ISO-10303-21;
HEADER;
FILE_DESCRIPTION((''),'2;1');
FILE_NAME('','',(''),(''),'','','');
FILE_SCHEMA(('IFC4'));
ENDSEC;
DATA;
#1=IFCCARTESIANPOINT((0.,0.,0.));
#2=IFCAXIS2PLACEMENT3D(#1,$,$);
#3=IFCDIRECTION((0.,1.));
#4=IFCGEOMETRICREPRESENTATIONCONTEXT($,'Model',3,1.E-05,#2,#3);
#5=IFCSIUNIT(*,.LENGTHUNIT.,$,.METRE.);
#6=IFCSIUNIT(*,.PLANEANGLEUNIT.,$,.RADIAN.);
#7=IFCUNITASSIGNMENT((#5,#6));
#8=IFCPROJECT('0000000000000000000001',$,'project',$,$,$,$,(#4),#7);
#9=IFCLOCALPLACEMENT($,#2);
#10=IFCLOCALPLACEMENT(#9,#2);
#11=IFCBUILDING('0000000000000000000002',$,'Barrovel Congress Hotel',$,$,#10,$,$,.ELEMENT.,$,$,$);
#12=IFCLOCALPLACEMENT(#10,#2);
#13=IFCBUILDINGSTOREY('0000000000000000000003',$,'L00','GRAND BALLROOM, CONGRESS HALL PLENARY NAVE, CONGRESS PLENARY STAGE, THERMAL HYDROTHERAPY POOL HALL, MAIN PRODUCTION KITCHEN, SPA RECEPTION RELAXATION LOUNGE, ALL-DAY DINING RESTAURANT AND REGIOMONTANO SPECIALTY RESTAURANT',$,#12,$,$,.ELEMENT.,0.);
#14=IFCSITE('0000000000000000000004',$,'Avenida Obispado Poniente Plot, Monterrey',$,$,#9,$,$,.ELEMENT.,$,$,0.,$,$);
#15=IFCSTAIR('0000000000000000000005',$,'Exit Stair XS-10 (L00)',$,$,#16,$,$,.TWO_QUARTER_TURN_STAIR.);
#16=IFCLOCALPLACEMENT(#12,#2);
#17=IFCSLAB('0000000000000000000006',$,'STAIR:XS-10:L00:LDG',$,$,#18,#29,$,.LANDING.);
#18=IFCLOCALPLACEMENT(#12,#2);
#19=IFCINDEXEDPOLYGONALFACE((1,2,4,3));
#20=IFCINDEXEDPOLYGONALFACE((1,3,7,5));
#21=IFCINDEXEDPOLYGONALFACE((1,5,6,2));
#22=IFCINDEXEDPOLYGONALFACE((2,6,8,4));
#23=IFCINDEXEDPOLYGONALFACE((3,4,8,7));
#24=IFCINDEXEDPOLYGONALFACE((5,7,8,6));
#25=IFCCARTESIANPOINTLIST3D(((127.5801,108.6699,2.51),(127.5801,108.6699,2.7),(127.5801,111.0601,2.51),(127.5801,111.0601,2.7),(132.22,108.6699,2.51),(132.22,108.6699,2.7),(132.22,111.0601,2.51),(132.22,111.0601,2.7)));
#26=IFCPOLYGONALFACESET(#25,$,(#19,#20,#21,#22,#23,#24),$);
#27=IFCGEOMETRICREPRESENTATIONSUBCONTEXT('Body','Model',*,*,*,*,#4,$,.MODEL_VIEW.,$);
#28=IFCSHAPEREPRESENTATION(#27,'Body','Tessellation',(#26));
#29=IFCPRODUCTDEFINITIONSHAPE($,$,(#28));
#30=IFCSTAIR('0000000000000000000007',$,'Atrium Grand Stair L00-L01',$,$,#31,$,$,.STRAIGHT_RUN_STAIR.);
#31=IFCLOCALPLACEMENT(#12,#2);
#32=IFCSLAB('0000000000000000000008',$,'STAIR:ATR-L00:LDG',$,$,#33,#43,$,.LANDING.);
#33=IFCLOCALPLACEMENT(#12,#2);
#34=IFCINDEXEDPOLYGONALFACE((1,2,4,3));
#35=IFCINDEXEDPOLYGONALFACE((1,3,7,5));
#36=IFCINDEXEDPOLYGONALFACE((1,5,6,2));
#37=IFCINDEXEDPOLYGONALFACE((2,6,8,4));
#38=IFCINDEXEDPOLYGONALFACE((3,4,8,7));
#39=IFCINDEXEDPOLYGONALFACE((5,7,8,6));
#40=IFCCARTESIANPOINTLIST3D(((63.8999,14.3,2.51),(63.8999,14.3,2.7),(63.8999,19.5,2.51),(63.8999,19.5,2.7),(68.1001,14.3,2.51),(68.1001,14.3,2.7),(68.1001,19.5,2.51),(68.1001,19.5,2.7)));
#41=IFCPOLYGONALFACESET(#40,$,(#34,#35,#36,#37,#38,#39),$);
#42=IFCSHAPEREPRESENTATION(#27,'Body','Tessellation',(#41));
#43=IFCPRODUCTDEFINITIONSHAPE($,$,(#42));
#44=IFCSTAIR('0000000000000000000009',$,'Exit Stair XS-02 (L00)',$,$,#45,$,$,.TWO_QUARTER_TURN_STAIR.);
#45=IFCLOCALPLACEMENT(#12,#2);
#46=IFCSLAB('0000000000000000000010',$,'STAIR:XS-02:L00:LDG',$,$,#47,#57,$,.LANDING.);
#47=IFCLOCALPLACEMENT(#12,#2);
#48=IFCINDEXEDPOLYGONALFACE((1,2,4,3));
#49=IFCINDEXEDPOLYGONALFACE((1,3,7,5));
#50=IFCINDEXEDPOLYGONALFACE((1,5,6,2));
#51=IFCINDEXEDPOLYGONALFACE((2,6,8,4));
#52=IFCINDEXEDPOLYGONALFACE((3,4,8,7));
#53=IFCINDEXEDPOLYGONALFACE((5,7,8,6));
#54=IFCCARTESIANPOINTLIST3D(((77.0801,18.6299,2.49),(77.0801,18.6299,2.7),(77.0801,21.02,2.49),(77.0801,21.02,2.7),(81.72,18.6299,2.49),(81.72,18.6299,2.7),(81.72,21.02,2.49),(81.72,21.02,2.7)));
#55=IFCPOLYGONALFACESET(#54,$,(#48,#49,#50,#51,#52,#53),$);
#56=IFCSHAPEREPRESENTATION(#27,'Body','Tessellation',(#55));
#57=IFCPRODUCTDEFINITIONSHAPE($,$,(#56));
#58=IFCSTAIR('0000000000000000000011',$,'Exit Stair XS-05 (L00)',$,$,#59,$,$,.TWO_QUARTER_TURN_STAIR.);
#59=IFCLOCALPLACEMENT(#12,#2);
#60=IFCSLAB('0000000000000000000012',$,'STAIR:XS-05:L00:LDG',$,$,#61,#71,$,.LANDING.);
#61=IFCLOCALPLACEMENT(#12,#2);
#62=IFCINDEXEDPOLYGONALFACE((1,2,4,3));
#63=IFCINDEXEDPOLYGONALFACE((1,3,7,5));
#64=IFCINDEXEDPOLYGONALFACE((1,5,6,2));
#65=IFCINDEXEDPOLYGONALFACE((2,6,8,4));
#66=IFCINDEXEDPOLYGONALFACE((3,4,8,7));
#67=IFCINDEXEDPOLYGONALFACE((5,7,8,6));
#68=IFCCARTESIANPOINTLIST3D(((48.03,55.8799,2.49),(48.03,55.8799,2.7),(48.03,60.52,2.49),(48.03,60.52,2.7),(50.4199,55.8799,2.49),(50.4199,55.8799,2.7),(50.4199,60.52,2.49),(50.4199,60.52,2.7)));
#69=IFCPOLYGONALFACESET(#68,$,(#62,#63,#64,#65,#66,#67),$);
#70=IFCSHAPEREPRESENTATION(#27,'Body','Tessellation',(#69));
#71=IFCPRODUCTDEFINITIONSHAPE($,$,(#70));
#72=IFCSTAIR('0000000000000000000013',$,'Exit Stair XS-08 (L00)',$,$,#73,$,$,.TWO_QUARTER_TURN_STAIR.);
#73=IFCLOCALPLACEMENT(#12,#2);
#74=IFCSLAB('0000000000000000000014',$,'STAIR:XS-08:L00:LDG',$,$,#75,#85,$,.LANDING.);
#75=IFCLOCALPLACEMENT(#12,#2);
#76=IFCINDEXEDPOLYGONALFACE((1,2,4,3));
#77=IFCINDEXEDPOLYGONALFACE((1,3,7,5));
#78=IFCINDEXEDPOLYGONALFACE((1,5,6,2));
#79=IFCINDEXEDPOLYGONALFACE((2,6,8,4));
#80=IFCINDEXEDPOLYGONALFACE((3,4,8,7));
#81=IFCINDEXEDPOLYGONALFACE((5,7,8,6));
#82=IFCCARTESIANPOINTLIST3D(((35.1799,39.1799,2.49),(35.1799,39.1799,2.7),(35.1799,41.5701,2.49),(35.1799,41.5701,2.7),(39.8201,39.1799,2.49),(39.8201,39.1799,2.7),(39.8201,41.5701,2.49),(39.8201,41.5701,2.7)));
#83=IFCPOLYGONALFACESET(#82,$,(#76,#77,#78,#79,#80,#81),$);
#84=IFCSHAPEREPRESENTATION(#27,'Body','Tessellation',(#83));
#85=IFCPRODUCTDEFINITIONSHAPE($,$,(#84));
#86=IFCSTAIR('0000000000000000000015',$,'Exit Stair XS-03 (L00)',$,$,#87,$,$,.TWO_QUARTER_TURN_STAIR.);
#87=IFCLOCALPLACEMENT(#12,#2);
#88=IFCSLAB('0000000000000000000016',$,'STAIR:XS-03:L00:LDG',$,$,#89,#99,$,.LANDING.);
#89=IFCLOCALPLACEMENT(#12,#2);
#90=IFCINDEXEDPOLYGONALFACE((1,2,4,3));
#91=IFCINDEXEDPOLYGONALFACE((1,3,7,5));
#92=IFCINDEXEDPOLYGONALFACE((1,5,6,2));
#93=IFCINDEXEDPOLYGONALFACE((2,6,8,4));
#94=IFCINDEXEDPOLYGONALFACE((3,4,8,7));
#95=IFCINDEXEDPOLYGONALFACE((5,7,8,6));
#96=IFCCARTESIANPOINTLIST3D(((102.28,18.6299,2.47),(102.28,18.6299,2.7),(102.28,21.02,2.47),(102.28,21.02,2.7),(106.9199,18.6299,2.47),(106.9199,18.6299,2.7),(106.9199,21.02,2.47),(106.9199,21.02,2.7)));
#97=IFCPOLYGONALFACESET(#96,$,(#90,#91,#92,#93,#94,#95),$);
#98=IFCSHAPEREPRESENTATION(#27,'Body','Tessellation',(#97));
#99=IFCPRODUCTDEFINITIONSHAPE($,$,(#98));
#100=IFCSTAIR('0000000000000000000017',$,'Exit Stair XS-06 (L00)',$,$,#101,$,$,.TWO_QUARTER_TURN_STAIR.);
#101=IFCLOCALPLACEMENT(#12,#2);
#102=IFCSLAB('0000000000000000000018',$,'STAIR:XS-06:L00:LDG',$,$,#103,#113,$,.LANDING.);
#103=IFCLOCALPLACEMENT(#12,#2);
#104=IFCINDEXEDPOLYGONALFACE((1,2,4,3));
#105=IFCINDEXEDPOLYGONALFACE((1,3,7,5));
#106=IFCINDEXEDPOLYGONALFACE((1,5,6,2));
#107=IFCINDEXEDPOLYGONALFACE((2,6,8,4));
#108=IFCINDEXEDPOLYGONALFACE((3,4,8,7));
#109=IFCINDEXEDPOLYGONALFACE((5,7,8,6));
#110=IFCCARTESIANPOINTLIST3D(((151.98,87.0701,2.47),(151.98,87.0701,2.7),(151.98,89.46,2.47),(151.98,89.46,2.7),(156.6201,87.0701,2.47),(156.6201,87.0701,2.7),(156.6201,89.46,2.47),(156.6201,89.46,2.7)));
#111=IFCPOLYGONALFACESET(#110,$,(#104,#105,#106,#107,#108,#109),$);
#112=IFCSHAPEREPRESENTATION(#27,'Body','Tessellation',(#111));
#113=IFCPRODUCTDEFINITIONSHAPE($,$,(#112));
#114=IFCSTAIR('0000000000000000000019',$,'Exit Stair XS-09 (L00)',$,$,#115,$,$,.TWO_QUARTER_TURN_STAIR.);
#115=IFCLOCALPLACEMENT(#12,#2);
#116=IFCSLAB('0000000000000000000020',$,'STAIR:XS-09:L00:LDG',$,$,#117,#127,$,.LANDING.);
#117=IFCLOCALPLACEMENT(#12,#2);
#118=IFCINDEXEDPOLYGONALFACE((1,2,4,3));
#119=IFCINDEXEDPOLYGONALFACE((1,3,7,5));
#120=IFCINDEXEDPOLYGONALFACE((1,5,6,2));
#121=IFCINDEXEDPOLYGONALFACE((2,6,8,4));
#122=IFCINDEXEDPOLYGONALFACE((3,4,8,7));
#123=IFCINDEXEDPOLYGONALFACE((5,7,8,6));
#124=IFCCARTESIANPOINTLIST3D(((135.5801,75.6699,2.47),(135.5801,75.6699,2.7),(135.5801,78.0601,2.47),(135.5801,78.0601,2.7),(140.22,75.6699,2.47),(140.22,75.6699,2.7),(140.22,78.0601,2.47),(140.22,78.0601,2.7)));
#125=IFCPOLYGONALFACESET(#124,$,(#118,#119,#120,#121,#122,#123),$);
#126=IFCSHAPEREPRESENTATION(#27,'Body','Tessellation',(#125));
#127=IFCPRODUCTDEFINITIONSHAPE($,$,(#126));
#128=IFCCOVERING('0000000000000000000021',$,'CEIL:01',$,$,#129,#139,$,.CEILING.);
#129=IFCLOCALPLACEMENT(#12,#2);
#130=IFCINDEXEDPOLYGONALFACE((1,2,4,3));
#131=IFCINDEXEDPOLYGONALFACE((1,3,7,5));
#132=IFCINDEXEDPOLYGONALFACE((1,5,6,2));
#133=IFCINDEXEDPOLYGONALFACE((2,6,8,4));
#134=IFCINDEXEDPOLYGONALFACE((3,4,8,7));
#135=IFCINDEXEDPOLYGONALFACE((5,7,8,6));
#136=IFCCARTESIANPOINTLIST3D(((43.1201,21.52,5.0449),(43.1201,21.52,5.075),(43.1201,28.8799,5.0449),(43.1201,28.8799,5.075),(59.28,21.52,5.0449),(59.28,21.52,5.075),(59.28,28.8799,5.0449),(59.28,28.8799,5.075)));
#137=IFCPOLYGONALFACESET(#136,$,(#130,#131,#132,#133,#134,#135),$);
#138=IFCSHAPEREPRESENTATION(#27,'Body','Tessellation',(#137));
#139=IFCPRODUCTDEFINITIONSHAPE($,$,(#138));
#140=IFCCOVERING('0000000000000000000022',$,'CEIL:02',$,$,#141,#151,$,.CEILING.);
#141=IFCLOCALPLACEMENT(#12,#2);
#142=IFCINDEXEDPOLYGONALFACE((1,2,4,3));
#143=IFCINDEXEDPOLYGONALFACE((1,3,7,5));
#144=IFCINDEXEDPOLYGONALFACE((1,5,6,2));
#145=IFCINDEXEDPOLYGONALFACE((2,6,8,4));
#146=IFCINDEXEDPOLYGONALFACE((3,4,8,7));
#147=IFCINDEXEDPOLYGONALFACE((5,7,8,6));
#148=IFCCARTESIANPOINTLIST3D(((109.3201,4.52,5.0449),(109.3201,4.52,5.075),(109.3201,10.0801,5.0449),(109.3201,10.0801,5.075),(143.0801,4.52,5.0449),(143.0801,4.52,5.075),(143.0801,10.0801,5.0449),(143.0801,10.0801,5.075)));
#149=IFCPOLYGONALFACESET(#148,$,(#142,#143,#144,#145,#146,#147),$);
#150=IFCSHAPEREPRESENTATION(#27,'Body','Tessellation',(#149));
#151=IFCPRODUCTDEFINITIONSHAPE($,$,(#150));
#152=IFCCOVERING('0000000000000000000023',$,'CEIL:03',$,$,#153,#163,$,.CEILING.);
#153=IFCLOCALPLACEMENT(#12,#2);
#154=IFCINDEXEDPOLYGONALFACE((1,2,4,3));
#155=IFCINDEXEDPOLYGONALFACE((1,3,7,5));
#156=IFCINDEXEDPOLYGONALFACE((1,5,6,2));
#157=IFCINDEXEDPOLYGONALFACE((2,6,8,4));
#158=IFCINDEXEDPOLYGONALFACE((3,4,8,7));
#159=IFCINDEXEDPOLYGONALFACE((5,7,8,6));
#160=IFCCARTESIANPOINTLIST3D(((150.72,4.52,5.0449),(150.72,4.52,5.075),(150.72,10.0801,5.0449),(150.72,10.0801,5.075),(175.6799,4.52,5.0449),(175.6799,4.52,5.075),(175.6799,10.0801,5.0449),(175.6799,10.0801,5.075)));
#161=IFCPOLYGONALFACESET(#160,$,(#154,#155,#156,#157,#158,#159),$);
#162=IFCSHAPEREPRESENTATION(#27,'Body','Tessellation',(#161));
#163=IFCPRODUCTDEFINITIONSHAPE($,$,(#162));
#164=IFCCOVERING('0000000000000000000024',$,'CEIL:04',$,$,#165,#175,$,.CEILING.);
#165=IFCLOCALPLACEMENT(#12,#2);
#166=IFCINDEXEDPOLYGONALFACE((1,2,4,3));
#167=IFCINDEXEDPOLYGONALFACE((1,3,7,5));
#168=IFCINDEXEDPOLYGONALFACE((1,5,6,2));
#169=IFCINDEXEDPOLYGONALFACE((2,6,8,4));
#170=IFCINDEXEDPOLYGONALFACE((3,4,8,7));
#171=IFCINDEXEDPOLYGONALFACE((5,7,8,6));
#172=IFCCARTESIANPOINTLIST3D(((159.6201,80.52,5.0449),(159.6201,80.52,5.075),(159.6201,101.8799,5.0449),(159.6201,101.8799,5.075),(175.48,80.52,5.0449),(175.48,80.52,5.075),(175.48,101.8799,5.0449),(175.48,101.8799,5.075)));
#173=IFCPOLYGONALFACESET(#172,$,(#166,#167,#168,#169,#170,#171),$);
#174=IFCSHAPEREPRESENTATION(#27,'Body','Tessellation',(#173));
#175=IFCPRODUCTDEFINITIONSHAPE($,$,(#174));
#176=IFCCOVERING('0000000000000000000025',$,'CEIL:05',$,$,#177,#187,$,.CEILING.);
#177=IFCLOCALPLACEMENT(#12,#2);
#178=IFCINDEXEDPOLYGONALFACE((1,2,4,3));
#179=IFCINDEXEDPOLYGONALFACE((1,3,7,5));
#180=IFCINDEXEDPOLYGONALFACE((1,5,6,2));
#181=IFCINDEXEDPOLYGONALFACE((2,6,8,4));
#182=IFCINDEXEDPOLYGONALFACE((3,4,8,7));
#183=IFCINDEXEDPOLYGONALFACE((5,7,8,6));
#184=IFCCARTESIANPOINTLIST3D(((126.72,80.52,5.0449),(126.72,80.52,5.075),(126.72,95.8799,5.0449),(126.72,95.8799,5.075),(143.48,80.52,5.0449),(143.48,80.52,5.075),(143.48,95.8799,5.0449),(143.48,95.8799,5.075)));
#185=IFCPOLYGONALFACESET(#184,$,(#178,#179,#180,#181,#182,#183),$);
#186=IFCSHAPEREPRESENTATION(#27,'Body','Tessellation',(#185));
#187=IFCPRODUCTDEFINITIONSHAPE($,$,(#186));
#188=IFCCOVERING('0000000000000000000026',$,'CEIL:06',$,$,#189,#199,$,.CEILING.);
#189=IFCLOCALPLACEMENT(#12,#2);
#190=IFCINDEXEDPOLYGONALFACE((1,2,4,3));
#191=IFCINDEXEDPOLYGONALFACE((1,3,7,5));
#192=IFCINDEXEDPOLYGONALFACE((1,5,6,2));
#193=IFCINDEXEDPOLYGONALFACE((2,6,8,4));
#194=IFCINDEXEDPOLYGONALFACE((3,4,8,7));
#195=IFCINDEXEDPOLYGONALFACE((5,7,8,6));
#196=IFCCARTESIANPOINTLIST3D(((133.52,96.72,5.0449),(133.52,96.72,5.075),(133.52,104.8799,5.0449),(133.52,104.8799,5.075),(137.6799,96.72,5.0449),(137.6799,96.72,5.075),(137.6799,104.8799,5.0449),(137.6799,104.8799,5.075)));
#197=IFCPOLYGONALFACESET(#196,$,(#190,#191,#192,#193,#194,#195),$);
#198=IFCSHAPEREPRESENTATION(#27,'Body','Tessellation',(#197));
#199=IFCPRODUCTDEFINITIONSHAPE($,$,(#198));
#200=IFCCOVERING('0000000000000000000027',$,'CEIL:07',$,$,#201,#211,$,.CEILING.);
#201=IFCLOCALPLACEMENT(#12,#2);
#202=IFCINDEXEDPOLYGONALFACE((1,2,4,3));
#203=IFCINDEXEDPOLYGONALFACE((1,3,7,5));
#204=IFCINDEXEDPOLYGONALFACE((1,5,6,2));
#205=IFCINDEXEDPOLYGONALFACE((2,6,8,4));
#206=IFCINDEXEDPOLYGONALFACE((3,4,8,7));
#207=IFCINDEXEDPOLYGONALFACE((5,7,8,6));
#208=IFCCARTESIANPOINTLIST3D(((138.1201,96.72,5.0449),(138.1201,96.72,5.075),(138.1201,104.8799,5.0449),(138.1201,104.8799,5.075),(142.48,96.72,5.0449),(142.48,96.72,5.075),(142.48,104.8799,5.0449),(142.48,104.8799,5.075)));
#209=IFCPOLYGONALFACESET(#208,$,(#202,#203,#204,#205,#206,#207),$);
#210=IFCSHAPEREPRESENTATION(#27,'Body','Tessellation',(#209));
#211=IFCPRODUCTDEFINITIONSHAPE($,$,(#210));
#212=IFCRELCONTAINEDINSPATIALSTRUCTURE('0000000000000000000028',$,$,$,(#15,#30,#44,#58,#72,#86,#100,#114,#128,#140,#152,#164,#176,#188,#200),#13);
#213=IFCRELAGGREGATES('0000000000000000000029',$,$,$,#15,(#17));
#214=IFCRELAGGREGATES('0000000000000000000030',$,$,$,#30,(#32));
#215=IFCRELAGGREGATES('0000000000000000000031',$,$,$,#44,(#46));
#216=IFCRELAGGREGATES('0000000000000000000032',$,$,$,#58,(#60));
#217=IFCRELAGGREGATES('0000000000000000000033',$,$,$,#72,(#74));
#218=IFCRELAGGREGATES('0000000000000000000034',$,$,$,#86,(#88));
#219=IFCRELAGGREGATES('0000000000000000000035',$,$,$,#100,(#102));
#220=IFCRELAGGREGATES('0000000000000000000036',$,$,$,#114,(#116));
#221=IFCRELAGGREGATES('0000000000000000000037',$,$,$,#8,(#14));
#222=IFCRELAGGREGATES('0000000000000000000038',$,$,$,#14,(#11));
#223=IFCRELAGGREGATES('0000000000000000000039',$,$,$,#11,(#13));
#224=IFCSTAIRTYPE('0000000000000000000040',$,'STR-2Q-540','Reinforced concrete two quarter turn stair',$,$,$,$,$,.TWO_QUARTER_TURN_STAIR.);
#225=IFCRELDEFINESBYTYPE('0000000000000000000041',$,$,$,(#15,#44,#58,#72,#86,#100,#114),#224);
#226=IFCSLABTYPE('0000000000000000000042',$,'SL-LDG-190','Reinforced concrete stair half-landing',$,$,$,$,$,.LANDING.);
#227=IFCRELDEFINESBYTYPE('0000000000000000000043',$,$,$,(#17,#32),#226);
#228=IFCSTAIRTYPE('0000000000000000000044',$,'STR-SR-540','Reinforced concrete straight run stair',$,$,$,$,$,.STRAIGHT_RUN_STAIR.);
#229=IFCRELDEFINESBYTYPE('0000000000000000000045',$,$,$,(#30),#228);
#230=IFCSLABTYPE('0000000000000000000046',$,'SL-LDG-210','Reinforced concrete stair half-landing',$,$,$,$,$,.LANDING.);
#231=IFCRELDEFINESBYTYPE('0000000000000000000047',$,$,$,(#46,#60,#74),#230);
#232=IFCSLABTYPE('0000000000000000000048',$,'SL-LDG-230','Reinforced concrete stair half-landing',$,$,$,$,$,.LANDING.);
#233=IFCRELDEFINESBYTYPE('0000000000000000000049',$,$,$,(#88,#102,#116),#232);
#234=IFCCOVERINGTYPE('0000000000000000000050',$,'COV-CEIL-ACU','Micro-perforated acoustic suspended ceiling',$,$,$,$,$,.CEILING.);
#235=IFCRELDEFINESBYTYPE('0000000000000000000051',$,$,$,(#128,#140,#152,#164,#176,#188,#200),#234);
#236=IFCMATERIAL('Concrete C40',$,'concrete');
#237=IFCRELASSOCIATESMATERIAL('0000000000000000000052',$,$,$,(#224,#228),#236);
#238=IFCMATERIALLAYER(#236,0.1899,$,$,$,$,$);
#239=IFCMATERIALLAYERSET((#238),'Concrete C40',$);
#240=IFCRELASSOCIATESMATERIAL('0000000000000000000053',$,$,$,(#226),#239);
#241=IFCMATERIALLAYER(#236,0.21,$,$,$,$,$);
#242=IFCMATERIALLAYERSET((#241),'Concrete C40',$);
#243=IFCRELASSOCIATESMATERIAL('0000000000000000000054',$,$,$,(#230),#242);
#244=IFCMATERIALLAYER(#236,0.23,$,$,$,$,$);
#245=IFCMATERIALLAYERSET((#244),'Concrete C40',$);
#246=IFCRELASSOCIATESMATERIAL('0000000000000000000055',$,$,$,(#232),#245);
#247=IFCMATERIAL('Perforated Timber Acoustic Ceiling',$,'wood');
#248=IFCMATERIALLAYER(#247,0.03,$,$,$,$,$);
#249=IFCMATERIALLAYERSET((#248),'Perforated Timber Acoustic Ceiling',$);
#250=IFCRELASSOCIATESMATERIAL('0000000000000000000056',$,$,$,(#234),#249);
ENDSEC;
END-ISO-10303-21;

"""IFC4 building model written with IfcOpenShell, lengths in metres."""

from ifc_helpers import new_model, si_unit, direction, frame, origin, place, context, subcontext, project, spatial, polyline, outline, extrude, material, layer, layer_set, type_object, element, aggregate, save


model = new_model("IFC4")

# Units and contexts
model_context = context("Model", 3, precision=1e-05, world=origin(), true_north=direction((0.0, 1.0)))
body_context = subcontext(model_context, "Body", "Model", "MODEL_VIEW")
ifc_project = project(units=[si_unit("LENGTHUNIT", "METRE"), si_unit("PLANEANGLEUNIT", "RADIAN")], contexts=[model_context])

# Site, building, storey
site_placement = place(None, origin())
site = spatial("IfcSite", under=ifc_project, at=site_placement, Name="Avenida Obispado Poniente Plot, Monterrey", CompositionType="ELEMENT", RefElevation=0.0)
building_placement = place(site_placement, origin())
building = spatial("IfcBuilding", under=site, at=building_placement, Name="Barrovel Congress Hotel", CompositionType="ELEMENT")
storey_placement = place(building_placement, origin())
storey = spatial("IfcBuildingStorey", under=building, at=storey_placement, Name="L00", Description="GRAND BALLROOM, CONGRESS HALL PLENARY NAVE, CONGRESS PLENARY STAGE, THERMAL HYDROTHERAPY POOL HALL, MAIN PRODUCTION KITCHEN, SPA RECEPTION RELAXATION LOUNGE, ALL-DAY DINING RESTAURANT AND REGIOMONTANO SPECIALTY RESTAURANT", CompositionType="ELEMENT", Elevation=0.0)

# Shared definitions
ifc_material_1 = material(Name="Concrete C40", Category="concrete")

# Stairs, slabs
stair_type_1 = type_object("IfcStairType", Name="STR-2Q-540", Description="Reinforced concrete two quarter turn stair", PredefinedType="TWO_QUARTER_TURN_STAIR", material=ifc_material_1)
ifc_layer_1 = layer(ifc_material_1, 0.1899)
ifc_layer_set_1 = layer_set([ifc_layer_1], Name="Concrete C40")
slab_type_1 = type_object("IfcSlabType", Name="SL-LDG-190", Description="Reinforced concrete stair half-landing", PredefinedType="LANDING", material=ifc_layer_set_1)
stair_1_placement = place(storey_placement, origin())
stair_1 = element("IfcStair", 1, at=stair_1_placement, inside=storey, type_object=stair_type_1, Name="Exit Stair XS-10 (L00)", PredefinedType="TWO_QUARTER_TURN_STAIR")
slab_1_placement = place(storey_placement, frame((0.0, 0.0, 2.51)))
slab_1 = element("IfcSlab", 2, at=slab_1_placement, type_object=slab_type_1, Name="STAIR:XS-10:L00:LDG", PredefinedType="LANDING", context=body_context, shape_type="SweptSolid", body=[
    extrude(outline(polyline([(127.5801, 108.6699), (132.22, 108.6699), (132.22, 111.0601), (127.5801, 111.0601), (127.5801, 108.6699)])), origin(), (0.0, 0.0, 1.0), 0.1899),
])
aggregate(stair_1, [slab_1])
stair_type_2 = type_object("IfcStairType", Name="STR-SR-540", Description="Reinforced concrete straight run stair", PredefinedType="STRAIGHT_RUN_STAIR", material=ifc_material_1)
stair_2_placement = place(storey_placement, origin())
stair_2 = element("IfcStair", 3, at=stair_2_placement, inside=storey, type_object=stair_type_2, Name="Atrium Grand Stair L00-L01", PredefinedType="STRAIGHT_RUN_STAIR")
slab_2_placement = place(storey_placement, frame((0.0, 0.0, 2.51)))
slab_2 = element("IfcSlab", 4, at=slab_2_placement, type_object=slab_type_1, Name="STAIR:ATR-L00:LDG", PredefinedType="LANDING", context=body_context, shape_type="SweptSolid", body=[
    extrude(outline(polyline([(63.8999, 14.3), (68.1001, 14.3), (68.1001, 19.5), (63.8999, 19.5), (63.8999, 14.3)])), origin(), (0.0, 0.0, 1.0), 0.1899),
])
aggregate(stair_2, [slab_2])
stair_3_placement = place(storey_placement, origin())
stair_3 = element("IfcStair", 5, at=stair_3_placement, inside=storey, type_object=stair_type_1, Name="Exit Stair XS-02 (L00)", PredefinedType="TWO_QUARTER_TURN_STAIR")
ifc_layer_2 = layer(ifc_material_1, 0.21)
ifc_layer_set_2 = layer_set([ifc_layer_2], Name="Concrete C40")
slab_type_2 = type_object("IfcSlabType", Name="SL-LDG-210", Description="Reinforced concrete stair half-landing", PredefinedType="LANDING", material=ifc_layer_set_2)
slab_3_placement = place(storey_placement, frame((0.0, 0.0, 2.49)))
slab_3 = element("IfcSlab", 6, at=slab_3_placement, type_object=slab_type_2, Name="STAIR:XS-02:L00:LDG", PredefinedType="LANDING", context=body_context, shape_type="SweptSolid", body=[
    extrude(outline(polyline([(77.0801, 18.6299), (81.72, 18.6299), (81.72, 21.02), (77.0801, 21.02), (77.0801, 18.6299)])), origin(), (0.0, 0.0, 1.0), 0.21),
])
aggregate(stair_3, [slab_3])
stair_4_placement = place(storey_placement, origin())
stair_4 = element("IfcStair", 7, at=stair_4_placement, inside=storey, type_object=stair_type_1, Name="Exit Stair XS-05 (L00)", PredefinedType="TWO_QUARTER_TURN_STAIR")
slab_4_placement = place(storey_placement, frame((0.0, 0.0, 2.49)))
slab_4 = element("IfcSlab", 8, at=slab_4_placement, type_object=slab_type_2, Name="STAIR:XS-05:L00:LDG", PredefinedType="LANDING", context=body_context, shape_type="SweptSolid", body=[
    extrude(outline(polyline([(48.03, 55.8799), (50.4199, 55.8799), (50.4199, 60.52), (48.03, 60.52), (48.03, 55.8799)])), origin(), (0.0, 0.0, 1.0), 0.21),
])
aggregate(stair_4, [slab_4])
stair_5_placement = place(storey_placement, origin())
stair_5 = element("IfcStair", 9, at=stair_5_placement, inside=storey, type_object=stair_type_1, Name="Exit Stair XS-08 (L00)", PredefinedType="TWO_QUARTER_TURN_STAIR")
slab_5_placement = place(storey_placement, frame((0.0, 0.0, 2.49)))
slab_5 = element("IfcSlab", 10, at=slab_5_placement, type_object=slab_type_2, Name="STAIR:XS-08:L00:LDG", PredefinedType="LANDING", context=body_context, shape_type="SweptSolid", body=[
    extrude(outline(polyline([(35.1799, 39.1799), (39.8201, 39.1799), (39.8201, 41.5701), (35.1799, 41.5701), (35.1799, 39.1799)])), origin(), (0.0, 0.0, 1.0), 0.21),
])
aggregate(stair_5, [slab_5])
stair_6_placement = place(storey_placement, origin())
stair_6 = element("IfcStair", 11, at=stair_6_placement, inside=storey, type_object=stair_type_1, Name="Exit Stair XS-03 (L00)", PredefinedType="TWO_QUARTER_TURN_STAIR")
ifc_layer_3 = layer(ifc_material_1, 0.23)
ifc_layer_set_3 = layer_set([ifc_layer_3], Name="Concrete C40")
slab_type_3 = type_object("IfcSlabType", Name="SL-LDG-230", Description="Reinforced concrete stair half-landing", PredefinedType="LANDING", material=ifc_layer_set_3)
slab_6_placement = place(storey_placement, frame((0.0, 0.0, 2.47)))
slab_6 = element("IfcSlab", 12, at=slab_6_placement, type_object=slab_type_3, Name="STAIR:XS-03:L00:LDG", PredefinedType="LANDING", context=body_context, shape_type="SweptSolid", body=[
    extrude(outline(polyline([(102.28, 18.6299), (106.9199, 18.6299), (106.9199, 21.02), (102.28, 21.02), (102.28, 18.6299)])), origin(), (0.0, 0.0, 1.0), 0.23),
])
aggregate(stair_6, [slab_6])
stair_7_placement = place(storey_placement, origin())
stair_7 = element("IfcStair", 13, at=stair_7_placement, inside=storey, type_object=stair_type_1, Name="Exit Stair XS-06 (L00)", PredefinedType="TWO_QUARTER_TURN_STAIR")
slab_7_placement = place(storey_placement, frame((0.0, 0.0, 2.47)))
slab_7 = element("IfcSlab", 14, at=slab_7_placement, type_object=slab_type_3, Name="STAIR:XS-06:L00:LDG", PredefinedType="LANDING", context=body_context, shape_type="SweptSolid", body=[
    extrude(outline(polyline([(151.98, 87.0701), (156.6201, 87.0701), (156.6201, 89.46), (151.98, 89.46), (151.98, 87.0701)])), origin(), (0.0, 0.0, 1.0), 0.23),
])
aggregate(stair_7, [slab_7])
stair_8_placement = place(storey_placement, origin())
stair_8 = element("IfcStair", 15, at=stair_8_placement, inside=storey, type_object=stair_type_1, Name="Exit Stair XS-09 (L00)", PredefinedType="TWO_QUARTER_TURN_STAIR")
slab_8_placement = place(storey_placement, frame((0.0, 0.0, 2.47)))
slab_8 = element("IfcSlab", 16, at=slab_8_placement, type_object=slab_type_3, Name="STAIR:XS-09:L00:LDG", PredefinedType="LANDING", context=body_context, shape_type="SweptSolid", body=[
    extrude(outline(polyline([(135.5801, 75.6699), (140.22, 75.6699), (140.22, 78.0601), (135.5801, 78.0601), (135.5801, 75.6699)])), origin(), (0.0, 0.0, 1.0), 0.23),
])
aggregate(stair_8, [slab_8])

# Coverings
ifc_material_2 = material(Name="Perforated Timber Acoustic Ceiling", Category="wood")
ifc_layer_4 = layer(ifc_material_2, 0.03)
ifc_layer_set_4 = layer_set([ifc_layer_4], Name="Perforated Timber Acoustic Ceiling")
covering_type_1 = type_object("IfcCoveringType", Name="COV-CEIL-ACU", Description="Micro-perforated acoustic suspended ceiling", PredefinedType="CEILING", material=ifc_layer_set_4)
covering_1_placement = place(storey_placement, frame((0.0, 0.0, 5.0449)))
element("IfcCovering", 17, at=covering_1_placement, inside=storey, type_object=covering_type_1, Name="CEIL:01", PredefinedType="CEILING", context=body_context, shape_type="SweptSolid", body=[
    extrude(outline(polyline([(43.1201, 21.52), (59.28, 21.52), (59.28, 28.8799), (43.1201, 28.8799), (43.1201, 21.52)])), origin(), (0.0, 0.0, 1.0), 0.03),
])
covering_2_placement = place(storey_placement, frame((0.0, 0.0, 5.0449)))
element("IfcCovering", 18, at=covering_2_placement, inside=storey, type_object=covering_type_1, Name="CEIL:02", PredefinedType="CEILING", context=body_context, shape_type="SweptSolid", body=[
    extrude(outline(polyline([(109.3201, 4.52), (143.0801, 4.52), (143.0801, 10.0801), (109.3201, 10.0801), (109.3201, 4.52)])), origin(), (0.0, 0.0, 1.0), 0.03),
])
covering_3_placement = place(storey_placement, frame((0.0, 0.0, 5.0449)))
element("IfcCovering", 19, at=covering_3_placement, inside=storey, type_object=covering_type_1, Name="CEIL:03", PredefinedType="CEILING", context=body_context, shape_type="SweptSolid", body=[
    extrude(outline(polyline([(150.72, 4.52), (175.6799, 4.52), (175.6799, 10.0801), (150.72, 10.0801), (150.72, 4.52)])), origin(), (0.0, 0.0, 1.0), 0.03),
])
covering_4_placement = place(storey_placement, frame((0.0, 0.0, 5.0449)))
element("IfcCovering", 20, at=covering_4_placement, inside=storey, type_object=covering_type_1, Name="CEIL:04", PredefinedType="CEILING", context=body_context, shape_type="SweptSolid", body=[
    extrude(outline(polyline([(159.6201, 80.52), (175.48, 80.52), (175.48, 101.8799), (159.6201, 101.8799), (159.6201, 80.52)])), origin(), (0.0, 0.0, 1.0), 0.03),
])
covering_5_placement = place(storey_placement, frame((0.0, 0.0, 5.0449)))
element("IfcCovering", 21, at=covering_5_placement, inside=storey, type_object=covering_type_1, Name="CEIL:05", PredefinedType="CEILING", context=body_context, shape_type="SweptSolid", body=[
    extrude(outline(polyline([(126.72, 80.52), (143.48, 80.52), (143.48, 95.8799), (126.72, 95.8799), (126.72, 80.52)])), origin(), (0.0, 0.0, 1.0), 0.03),
])
covering_6_placement = place(storey_placement, frame((0.0, 0.0, 5.0449)))
element("IfcCovering", 22, at=covering_6_placement, inside=storey, type_object=covering_type_1, Name="CEIL:06", PredefinedType="CEILING", context=body_context, shape_type="SweptSolid", body=[
    extrude(outline(polyline([(133.52, 96.72), (137.6799, 96.72), (137.6799, 104.8799), (133.52, 104.8799), (133.52, 96.72)])), origin(), (0.0, 0.0, 1.0), 0.03),
])
covering_7_placement = place(storey_placement, frame((0.0, 0.0, 5.0449)))
element("IfcCovering", 23, at=covering_7_placement, inside=storey, type_object=covering_type_1, Name="CEIL:07", PredefinedType="CEILING", context=body_context, shape_type="SweptSolid", body=[
    extrude(outline(polyline([(138.1201, 96.72), (142.48, 96.72), (142.48, 104.8799), (138.1201, 104.8799), (138.1201, 96.72)])), origin(), (0.0, 0.0, 1.0), 0.03),
])

save(model, "model.ifc")
